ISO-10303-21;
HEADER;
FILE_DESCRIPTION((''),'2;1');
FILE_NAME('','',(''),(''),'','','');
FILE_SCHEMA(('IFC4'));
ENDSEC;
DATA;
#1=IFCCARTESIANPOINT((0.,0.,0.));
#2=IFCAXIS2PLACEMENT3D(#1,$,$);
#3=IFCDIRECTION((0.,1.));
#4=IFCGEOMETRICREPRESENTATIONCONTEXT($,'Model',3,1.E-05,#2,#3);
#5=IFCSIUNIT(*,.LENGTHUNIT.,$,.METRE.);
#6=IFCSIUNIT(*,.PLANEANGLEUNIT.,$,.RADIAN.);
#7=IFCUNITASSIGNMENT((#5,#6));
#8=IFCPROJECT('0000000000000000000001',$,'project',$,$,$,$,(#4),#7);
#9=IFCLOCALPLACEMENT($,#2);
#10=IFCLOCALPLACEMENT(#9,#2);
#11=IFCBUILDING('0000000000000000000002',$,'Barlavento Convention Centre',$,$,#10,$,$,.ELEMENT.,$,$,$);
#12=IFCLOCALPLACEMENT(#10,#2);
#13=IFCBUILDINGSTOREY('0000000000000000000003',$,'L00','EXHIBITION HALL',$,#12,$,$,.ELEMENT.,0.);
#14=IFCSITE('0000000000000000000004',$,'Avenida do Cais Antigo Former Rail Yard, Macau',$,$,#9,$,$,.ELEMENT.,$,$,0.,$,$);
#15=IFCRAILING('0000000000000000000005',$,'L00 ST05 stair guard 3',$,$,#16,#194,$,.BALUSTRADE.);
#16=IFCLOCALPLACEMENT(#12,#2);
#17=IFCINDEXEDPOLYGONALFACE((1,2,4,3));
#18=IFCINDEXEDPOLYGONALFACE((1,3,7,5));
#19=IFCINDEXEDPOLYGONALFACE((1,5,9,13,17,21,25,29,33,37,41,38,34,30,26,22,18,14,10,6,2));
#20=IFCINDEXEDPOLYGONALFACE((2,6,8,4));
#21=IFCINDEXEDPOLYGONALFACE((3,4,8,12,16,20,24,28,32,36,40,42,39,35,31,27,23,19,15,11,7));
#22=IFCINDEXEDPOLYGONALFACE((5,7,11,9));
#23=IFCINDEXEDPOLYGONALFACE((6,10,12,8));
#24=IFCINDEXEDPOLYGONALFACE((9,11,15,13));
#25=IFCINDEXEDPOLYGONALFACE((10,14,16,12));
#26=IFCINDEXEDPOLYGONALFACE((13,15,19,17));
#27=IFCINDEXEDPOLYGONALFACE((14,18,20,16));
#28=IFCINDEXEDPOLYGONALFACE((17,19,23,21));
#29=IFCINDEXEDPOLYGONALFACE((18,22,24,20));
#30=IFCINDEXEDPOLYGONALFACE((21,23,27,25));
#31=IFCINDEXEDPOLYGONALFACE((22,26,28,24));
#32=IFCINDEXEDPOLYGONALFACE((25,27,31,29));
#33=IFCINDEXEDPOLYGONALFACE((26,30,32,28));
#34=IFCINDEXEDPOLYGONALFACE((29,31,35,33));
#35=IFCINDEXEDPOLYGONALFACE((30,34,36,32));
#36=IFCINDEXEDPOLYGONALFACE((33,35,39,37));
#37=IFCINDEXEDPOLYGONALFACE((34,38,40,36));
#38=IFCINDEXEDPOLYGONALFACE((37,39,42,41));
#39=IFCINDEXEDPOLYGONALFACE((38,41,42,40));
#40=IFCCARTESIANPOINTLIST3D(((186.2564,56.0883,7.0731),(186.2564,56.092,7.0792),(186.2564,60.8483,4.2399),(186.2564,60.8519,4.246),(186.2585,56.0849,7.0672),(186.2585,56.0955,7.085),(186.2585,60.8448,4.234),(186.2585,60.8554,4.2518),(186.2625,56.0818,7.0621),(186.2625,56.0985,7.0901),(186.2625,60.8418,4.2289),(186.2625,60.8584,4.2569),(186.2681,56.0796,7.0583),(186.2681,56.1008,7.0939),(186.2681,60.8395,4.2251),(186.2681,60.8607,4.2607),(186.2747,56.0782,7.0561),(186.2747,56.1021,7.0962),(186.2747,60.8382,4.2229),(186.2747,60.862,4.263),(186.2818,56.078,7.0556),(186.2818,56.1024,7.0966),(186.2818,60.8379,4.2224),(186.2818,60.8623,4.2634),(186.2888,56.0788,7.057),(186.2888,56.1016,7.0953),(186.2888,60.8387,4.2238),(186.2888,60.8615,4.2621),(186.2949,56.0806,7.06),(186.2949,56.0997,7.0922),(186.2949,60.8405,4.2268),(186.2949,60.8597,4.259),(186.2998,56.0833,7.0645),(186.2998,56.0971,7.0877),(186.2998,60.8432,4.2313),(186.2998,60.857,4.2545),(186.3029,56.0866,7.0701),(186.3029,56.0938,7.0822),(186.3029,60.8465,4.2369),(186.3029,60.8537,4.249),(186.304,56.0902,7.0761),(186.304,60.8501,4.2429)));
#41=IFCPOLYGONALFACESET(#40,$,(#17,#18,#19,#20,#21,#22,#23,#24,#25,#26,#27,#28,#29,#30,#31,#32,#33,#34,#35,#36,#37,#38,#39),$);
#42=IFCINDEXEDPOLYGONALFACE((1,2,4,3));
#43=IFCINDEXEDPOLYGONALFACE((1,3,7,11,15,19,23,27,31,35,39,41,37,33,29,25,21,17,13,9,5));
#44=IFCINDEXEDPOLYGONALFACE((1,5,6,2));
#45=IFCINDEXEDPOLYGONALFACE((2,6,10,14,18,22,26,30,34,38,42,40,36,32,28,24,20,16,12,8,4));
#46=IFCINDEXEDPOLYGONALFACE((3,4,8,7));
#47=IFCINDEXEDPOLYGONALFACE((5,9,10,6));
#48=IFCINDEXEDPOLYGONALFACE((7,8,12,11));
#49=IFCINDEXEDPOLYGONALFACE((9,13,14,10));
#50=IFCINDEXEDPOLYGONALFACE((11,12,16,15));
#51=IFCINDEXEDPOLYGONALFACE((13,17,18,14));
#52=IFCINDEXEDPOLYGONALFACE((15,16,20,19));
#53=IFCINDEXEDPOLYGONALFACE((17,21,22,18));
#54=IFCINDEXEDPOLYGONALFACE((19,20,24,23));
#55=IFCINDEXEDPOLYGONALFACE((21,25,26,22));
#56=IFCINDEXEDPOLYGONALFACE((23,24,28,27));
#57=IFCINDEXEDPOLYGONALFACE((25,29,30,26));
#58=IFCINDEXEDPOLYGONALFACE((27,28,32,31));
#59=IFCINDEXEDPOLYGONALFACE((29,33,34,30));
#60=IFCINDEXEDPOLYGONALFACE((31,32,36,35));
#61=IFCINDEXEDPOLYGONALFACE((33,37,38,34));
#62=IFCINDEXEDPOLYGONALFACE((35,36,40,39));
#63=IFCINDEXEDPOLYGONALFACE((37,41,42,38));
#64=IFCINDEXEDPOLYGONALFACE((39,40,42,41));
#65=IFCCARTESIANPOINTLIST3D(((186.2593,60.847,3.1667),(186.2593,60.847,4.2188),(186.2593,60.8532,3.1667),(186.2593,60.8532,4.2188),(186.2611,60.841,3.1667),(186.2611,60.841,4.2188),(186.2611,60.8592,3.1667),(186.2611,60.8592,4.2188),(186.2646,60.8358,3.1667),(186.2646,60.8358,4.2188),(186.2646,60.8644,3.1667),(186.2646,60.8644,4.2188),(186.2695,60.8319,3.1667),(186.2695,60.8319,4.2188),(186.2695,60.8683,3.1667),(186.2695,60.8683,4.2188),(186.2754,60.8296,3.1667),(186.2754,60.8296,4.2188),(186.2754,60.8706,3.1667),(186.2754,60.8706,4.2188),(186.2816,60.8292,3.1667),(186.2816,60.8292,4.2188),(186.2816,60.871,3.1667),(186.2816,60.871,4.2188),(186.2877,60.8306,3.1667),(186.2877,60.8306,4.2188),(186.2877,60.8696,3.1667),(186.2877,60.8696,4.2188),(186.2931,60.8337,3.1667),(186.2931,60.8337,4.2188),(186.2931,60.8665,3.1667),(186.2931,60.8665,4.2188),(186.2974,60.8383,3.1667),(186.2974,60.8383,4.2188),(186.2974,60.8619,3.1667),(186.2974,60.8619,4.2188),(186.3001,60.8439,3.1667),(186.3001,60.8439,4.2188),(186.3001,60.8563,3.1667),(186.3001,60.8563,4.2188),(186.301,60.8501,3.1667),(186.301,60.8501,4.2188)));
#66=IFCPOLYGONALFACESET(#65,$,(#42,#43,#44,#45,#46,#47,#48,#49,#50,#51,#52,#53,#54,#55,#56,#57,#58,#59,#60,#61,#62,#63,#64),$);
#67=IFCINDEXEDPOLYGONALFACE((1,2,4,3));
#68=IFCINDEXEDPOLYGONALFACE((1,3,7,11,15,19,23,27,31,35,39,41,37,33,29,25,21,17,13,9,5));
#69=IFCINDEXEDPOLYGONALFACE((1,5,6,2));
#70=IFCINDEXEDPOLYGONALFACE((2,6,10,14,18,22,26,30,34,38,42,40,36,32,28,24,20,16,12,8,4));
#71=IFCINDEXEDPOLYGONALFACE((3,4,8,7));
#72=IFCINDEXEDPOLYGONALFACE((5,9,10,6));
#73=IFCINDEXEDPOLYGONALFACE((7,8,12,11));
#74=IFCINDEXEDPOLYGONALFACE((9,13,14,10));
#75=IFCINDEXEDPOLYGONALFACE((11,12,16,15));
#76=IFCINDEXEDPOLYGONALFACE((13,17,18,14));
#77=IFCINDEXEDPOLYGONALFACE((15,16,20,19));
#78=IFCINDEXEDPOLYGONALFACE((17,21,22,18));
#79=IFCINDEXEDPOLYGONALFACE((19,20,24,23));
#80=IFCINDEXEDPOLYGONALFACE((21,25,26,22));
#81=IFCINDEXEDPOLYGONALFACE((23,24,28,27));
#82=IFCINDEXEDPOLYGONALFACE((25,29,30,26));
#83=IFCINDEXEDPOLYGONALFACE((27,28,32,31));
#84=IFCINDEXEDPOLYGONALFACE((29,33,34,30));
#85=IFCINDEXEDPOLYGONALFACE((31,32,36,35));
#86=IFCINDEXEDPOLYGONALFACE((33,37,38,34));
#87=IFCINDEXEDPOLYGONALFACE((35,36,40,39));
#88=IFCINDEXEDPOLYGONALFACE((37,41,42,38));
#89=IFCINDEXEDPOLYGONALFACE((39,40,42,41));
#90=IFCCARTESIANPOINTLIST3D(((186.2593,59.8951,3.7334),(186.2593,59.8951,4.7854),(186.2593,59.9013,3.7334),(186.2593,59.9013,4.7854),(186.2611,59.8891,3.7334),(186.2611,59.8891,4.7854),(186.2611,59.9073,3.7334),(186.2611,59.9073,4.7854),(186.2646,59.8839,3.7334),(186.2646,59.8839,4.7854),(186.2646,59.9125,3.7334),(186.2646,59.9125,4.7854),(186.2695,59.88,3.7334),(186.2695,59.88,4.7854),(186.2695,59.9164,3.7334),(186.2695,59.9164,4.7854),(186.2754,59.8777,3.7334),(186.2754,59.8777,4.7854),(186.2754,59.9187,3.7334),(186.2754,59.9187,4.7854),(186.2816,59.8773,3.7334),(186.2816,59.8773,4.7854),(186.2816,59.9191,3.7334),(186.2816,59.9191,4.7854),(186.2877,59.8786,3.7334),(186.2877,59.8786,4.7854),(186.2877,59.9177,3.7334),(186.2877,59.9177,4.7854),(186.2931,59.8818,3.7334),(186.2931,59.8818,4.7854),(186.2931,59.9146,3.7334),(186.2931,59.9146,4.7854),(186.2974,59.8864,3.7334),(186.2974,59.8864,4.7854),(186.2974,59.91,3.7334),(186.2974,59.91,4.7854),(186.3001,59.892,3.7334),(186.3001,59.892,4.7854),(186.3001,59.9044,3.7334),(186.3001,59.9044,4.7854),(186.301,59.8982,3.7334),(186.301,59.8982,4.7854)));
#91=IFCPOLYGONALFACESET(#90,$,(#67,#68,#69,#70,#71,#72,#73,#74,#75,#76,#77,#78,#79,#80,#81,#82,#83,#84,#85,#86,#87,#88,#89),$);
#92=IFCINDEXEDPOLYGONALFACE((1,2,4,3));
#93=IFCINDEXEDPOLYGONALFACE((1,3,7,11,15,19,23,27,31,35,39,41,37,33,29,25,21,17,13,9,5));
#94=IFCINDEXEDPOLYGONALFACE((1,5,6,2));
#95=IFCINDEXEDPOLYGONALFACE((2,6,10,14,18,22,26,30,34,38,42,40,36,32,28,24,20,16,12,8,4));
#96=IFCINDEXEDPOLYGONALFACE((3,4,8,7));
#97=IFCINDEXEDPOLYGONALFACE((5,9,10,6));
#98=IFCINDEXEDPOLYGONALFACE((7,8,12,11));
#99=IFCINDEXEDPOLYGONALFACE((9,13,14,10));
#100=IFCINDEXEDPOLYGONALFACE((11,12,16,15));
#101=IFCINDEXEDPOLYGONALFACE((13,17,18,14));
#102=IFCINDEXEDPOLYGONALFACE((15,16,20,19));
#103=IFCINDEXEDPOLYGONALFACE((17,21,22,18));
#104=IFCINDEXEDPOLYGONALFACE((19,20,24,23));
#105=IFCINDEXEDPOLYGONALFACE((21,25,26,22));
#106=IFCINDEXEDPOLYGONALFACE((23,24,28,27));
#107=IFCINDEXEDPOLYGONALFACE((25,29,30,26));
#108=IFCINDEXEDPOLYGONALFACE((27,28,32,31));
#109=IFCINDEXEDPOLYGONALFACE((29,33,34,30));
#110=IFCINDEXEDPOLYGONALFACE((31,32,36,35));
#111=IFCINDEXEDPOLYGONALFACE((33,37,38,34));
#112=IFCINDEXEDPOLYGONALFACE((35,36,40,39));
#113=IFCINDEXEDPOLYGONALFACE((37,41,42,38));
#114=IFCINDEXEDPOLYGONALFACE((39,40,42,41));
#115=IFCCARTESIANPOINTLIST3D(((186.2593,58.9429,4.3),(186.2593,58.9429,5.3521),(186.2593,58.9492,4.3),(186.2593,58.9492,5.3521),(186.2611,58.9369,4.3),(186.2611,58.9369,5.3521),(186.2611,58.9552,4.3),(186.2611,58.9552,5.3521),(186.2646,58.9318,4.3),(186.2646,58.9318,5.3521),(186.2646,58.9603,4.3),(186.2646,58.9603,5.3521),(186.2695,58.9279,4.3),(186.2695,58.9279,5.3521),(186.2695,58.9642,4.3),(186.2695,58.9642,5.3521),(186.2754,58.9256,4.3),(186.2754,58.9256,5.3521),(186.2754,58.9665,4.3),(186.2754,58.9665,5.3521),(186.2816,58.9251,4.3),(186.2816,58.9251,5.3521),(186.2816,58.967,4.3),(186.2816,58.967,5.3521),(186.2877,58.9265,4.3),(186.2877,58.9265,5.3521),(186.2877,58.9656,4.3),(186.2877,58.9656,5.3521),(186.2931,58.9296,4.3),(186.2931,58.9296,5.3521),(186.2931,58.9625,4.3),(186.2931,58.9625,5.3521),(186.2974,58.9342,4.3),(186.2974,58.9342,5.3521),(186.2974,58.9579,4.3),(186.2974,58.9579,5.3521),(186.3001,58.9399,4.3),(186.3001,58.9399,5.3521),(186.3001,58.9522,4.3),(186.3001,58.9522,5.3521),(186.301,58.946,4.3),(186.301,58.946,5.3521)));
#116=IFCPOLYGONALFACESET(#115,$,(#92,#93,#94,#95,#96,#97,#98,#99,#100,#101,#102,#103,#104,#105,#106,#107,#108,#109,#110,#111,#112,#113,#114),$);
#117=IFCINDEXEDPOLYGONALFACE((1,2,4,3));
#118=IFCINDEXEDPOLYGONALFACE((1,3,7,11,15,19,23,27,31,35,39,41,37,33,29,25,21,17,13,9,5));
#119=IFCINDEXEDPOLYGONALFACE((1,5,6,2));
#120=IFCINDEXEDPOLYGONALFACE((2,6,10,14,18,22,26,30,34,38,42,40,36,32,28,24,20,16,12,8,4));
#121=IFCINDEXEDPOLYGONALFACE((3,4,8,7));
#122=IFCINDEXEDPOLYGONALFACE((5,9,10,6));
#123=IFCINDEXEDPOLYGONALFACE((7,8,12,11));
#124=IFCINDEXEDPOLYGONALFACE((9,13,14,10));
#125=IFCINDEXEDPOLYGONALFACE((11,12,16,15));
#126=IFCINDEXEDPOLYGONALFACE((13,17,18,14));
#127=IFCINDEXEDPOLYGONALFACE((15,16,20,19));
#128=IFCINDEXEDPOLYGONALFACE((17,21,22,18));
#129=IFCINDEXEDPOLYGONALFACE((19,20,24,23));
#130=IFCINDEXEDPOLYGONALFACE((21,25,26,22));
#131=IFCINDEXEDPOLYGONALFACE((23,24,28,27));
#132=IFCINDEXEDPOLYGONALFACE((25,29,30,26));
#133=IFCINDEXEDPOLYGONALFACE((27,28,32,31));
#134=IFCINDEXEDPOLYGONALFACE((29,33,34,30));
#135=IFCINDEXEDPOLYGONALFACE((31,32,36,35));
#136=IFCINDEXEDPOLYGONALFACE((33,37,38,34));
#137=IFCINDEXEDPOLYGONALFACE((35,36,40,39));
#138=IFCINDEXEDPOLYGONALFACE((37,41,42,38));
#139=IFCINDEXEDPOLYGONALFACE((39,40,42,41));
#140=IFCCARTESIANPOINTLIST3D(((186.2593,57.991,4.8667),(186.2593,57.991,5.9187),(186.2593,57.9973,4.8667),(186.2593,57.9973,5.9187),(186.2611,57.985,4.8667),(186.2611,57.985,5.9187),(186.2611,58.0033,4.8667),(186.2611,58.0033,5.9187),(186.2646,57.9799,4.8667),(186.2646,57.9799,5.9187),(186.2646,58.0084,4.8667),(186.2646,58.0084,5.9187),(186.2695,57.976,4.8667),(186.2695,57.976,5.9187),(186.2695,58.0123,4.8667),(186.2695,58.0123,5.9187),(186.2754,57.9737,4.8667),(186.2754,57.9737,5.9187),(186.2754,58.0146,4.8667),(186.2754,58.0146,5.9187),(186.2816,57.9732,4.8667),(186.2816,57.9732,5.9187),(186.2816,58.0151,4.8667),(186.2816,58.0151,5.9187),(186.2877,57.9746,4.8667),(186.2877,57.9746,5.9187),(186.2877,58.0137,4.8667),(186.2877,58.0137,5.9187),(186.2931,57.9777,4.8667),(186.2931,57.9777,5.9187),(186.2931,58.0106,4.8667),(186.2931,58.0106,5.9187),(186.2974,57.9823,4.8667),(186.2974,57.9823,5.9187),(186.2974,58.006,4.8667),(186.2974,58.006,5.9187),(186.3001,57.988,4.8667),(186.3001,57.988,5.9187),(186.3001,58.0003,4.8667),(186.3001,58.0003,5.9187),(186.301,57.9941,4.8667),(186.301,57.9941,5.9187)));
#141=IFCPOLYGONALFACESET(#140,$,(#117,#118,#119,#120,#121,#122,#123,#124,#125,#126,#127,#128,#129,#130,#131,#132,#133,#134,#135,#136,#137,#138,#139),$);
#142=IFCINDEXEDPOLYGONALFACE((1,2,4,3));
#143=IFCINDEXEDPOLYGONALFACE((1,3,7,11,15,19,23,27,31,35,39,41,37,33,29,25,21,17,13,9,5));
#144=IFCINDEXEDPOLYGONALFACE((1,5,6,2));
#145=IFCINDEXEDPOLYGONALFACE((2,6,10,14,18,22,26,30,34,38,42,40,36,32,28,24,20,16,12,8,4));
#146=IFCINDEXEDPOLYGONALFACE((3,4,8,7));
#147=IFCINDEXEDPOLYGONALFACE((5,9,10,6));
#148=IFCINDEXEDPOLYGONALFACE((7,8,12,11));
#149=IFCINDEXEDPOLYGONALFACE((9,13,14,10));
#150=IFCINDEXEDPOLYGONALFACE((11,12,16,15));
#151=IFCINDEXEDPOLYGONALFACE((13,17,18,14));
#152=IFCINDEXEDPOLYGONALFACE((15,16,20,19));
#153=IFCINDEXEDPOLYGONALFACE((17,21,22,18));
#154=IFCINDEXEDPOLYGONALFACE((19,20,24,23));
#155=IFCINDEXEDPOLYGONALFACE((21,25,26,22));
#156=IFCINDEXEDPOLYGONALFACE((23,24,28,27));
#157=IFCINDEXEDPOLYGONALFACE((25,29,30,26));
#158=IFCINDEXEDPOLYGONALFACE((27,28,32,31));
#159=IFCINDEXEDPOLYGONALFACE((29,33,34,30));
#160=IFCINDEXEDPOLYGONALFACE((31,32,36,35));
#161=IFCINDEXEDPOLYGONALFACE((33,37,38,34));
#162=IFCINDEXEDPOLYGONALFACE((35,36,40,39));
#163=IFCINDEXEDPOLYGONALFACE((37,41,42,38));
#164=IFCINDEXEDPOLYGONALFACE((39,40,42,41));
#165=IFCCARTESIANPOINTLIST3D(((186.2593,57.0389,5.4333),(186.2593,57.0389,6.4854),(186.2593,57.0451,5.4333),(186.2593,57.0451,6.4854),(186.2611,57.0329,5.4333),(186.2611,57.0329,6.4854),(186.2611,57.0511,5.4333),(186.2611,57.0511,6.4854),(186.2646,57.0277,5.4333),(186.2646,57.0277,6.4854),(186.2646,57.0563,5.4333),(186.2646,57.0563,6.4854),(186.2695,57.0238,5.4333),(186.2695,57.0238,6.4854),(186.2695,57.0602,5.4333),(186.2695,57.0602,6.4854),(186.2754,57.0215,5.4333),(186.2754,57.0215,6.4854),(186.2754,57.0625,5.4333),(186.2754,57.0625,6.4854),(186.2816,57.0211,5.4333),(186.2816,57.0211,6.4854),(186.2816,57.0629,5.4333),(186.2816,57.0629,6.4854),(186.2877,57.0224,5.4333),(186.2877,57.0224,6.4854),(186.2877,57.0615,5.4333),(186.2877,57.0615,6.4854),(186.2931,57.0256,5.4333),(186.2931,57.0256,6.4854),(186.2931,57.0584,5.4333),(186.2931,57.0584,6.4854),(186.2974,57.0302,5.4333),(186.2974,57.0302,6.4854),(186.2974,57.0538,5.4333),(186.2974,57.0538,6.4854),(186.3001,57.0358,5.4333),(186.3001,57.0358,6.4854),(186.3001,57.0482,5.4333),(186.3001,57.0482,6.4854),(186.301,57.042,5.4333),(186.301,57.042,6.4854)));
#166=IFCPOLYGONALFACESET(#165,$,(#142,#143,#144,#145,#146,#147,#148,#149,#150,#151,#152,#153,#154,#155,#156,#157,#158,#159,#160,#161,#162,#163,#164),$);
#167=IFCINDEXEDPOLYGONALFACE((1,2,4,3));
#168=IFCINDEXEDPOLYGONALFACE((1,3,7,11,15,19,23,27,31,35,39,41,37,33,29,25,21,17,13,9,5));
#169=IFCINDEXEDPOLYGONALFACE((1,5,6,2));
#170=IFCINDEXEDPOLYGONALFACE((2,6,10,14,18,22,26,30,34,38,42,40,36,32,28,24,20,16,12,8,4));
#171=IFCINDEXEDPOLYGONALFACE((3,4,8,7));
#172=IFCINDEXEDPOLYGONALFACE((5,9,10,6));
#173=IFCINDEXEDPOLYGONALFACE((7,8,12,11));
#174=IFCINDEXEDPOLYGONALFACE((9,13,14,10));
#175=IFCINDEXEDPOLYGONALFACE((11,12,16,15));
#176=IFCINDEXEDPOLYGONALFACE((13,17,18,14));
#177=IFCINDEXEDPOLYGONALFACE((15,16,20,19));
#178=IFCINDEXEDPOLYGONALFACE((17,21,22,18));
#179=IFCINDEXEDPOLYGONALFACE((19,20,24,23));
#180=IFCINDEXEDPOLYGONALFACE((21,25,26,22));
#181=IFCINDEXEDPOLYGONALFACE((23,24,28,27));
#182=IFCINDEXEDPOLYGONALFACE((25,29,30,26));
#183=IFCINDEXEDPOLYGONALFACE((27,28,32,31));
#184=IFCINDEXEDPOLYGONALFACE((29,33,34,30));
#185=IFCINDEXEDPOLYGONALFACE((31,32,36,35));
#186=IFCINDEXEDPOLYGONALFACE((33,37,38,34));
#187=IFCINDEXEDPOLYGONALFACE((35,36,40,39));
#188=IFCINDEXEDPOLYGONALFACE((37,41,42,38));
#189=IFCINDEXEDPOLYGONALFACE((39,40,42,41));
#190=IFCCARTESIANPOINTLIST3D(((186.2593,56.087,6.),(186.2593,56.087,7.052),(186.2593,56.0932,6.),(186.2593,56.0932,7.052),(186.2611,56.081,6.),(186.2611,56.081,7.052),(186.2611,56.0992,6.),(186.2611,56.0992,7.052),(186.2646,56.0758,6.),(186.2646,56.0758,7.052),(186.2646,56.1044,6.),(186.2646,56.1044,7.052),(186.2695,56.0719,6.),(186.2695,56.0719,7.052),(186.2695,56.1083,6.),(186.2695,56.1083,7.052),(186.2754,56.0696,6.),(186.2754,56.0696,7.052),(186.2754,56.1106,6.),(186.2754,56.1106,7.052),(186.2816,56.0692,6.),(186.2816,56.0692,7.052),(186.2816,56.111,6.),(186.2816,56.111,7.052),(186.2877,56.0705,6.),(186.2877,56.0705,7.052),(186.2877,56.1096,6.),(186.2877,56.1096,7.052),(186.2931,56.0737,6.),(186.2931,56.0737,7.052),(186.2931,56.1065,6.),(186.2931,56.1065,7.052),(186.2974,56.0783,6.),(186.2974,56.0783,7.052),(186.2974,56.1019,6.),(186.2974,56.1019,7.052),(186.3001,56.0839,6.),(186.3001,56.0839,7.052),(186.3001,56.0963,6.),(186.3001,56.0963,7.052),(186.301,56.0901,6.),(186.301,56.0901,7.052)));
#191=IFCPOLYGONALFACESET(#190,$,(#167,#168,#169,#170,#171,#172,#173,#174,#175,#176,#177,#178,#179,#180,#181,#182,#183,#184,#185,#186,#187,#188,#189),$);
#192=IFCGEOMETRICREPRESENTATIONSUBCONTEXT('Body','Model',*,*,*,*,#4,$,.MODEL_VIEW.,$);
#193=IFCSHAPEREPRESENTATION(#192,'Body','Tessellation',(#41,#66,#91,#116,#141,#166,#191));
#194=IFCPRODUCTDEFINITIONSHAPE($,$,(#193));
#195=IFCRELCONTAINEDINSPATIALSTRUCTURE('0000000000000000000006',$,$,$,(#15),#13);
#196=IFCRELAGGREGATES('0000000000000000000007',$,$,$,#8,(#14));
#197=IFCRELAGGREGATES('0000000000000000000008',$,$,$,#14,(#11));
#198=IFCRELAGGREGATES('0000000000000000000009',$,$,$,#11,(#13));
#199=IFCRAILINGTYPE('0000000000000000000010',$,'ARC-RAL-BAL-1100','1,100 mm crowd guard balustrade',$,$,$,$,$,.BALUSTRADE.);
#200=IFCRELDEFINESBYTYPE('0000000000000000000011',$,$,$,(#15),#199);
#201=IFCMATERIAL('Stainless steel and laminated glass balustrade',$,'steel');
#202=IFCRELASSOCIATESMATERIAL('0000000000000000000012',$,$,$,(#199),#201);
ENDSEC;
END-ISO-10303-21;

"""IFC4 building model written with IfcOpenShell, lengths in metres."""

from ifc_helpers import new_model, si_unit, direction, frame, origin, origin_2d, place, context, subcontext, project, spatial, circle, extrude, material, type_object, element, save


model = new_model("IFC4")

# Units and contexts
model_context = context("Model", 3, precision=1e-05, world=origin(), true_north=direction((0.0, 1.0)))
body_context = subcontext(model_context, "Body", "Model", "MODEL_VIEW")
ifc_project = project(units=[si_unit("LENGTHUNIT", "METRE"), si_unit("PLANEANGLEUNIT", "RADIAN")], contexts=[model_context])

# Site, building, storey
site_placement = place(None, origin())
site = spatial("IfcSite", under=ifc_project, at=site_placement, Name="Avenida do Cais Antigo Former Rail Yard, Macau", CompositionType="ELEMENT", RefElevation=0.0)
building_placement = place(site_placement, origin())
building = spatial("IfcBuilding", under=site, at=building_placement, Name="Barlavento Convention Centre", CompositionType="ELEMENT")
storey_placement = place(building_placement, origin())
storey = spatial("IfcBuildingStorey", under=building, at=storey_placement, Name="L00", Description="EXHIBITION HALL", CompositionType="ELEMENT", Elevation=0.0)

# Railing
ifc_material_1 = material(Name="Stainless steel and laminated glass balustrade", Category="steel")
railing_type_1 = type_object("IfcRailingType", Name="ARC-RAL-BAL-1100", Description="1,100 mm crowd guard balustrade", PredefinedType="BALUSTRADE", material=ifc_material_1)
railing_1_placement = place(storey_placement, frame((186.28, 60.8501, 3.1667)))
element("IfcRailing", 1, at=railing_1_placement, inside=storey, type_object=railing_type_1, Name="L00 ST05 stair guard 3", PredefinedType="BALUSTRADE", context=body_context, shape_type="SweptSolid", body=[
    extrude(circle(Radius=0.0239, at=origin_2d()), frame((0.0, 0.0, 1.0762), z_axis=(0.0, -0.8593, 0.511472), x_axis=(1.0, 0.0, 0.0)), (0.0, 0.0, 1.0), 5.5393),
    extrude(circle(Radius=0.021, at=origin_2d()), origin(), (0.0, 0.0, 1.0), 1.052),
    extrude(circle(Radius=0.021, at=origin_2d()), frame((0.0, -0.9519, 0.5667)), (0.0, 0.0, 1.0), 1.052),
    extrude(circle(Radius=0.021, at=origin_2d()), frame((0.0, -1.9041, 1.1333)), (0.0, 0.0, 1.0), 1.052),
    extrude(circle(Radius=0.021, at=origin_2d()), frame((0.0, -2.856, 1.7)), (0.0, 0.0, 1.0), 1.052),
    extrude(circle(Radius=0.021, at=origin_2d()), frame((0.0, -3.8081, 2.2666)), (0.0, 0.0, 1.0), 1.052),
    extrude(circle(Radius=0.021, at=origin_2d()), frame((0.0, -4.76, 2.8333)), (0.0, 0.0, 1.0), 1.052),
])

save(model, "model.ifc")
